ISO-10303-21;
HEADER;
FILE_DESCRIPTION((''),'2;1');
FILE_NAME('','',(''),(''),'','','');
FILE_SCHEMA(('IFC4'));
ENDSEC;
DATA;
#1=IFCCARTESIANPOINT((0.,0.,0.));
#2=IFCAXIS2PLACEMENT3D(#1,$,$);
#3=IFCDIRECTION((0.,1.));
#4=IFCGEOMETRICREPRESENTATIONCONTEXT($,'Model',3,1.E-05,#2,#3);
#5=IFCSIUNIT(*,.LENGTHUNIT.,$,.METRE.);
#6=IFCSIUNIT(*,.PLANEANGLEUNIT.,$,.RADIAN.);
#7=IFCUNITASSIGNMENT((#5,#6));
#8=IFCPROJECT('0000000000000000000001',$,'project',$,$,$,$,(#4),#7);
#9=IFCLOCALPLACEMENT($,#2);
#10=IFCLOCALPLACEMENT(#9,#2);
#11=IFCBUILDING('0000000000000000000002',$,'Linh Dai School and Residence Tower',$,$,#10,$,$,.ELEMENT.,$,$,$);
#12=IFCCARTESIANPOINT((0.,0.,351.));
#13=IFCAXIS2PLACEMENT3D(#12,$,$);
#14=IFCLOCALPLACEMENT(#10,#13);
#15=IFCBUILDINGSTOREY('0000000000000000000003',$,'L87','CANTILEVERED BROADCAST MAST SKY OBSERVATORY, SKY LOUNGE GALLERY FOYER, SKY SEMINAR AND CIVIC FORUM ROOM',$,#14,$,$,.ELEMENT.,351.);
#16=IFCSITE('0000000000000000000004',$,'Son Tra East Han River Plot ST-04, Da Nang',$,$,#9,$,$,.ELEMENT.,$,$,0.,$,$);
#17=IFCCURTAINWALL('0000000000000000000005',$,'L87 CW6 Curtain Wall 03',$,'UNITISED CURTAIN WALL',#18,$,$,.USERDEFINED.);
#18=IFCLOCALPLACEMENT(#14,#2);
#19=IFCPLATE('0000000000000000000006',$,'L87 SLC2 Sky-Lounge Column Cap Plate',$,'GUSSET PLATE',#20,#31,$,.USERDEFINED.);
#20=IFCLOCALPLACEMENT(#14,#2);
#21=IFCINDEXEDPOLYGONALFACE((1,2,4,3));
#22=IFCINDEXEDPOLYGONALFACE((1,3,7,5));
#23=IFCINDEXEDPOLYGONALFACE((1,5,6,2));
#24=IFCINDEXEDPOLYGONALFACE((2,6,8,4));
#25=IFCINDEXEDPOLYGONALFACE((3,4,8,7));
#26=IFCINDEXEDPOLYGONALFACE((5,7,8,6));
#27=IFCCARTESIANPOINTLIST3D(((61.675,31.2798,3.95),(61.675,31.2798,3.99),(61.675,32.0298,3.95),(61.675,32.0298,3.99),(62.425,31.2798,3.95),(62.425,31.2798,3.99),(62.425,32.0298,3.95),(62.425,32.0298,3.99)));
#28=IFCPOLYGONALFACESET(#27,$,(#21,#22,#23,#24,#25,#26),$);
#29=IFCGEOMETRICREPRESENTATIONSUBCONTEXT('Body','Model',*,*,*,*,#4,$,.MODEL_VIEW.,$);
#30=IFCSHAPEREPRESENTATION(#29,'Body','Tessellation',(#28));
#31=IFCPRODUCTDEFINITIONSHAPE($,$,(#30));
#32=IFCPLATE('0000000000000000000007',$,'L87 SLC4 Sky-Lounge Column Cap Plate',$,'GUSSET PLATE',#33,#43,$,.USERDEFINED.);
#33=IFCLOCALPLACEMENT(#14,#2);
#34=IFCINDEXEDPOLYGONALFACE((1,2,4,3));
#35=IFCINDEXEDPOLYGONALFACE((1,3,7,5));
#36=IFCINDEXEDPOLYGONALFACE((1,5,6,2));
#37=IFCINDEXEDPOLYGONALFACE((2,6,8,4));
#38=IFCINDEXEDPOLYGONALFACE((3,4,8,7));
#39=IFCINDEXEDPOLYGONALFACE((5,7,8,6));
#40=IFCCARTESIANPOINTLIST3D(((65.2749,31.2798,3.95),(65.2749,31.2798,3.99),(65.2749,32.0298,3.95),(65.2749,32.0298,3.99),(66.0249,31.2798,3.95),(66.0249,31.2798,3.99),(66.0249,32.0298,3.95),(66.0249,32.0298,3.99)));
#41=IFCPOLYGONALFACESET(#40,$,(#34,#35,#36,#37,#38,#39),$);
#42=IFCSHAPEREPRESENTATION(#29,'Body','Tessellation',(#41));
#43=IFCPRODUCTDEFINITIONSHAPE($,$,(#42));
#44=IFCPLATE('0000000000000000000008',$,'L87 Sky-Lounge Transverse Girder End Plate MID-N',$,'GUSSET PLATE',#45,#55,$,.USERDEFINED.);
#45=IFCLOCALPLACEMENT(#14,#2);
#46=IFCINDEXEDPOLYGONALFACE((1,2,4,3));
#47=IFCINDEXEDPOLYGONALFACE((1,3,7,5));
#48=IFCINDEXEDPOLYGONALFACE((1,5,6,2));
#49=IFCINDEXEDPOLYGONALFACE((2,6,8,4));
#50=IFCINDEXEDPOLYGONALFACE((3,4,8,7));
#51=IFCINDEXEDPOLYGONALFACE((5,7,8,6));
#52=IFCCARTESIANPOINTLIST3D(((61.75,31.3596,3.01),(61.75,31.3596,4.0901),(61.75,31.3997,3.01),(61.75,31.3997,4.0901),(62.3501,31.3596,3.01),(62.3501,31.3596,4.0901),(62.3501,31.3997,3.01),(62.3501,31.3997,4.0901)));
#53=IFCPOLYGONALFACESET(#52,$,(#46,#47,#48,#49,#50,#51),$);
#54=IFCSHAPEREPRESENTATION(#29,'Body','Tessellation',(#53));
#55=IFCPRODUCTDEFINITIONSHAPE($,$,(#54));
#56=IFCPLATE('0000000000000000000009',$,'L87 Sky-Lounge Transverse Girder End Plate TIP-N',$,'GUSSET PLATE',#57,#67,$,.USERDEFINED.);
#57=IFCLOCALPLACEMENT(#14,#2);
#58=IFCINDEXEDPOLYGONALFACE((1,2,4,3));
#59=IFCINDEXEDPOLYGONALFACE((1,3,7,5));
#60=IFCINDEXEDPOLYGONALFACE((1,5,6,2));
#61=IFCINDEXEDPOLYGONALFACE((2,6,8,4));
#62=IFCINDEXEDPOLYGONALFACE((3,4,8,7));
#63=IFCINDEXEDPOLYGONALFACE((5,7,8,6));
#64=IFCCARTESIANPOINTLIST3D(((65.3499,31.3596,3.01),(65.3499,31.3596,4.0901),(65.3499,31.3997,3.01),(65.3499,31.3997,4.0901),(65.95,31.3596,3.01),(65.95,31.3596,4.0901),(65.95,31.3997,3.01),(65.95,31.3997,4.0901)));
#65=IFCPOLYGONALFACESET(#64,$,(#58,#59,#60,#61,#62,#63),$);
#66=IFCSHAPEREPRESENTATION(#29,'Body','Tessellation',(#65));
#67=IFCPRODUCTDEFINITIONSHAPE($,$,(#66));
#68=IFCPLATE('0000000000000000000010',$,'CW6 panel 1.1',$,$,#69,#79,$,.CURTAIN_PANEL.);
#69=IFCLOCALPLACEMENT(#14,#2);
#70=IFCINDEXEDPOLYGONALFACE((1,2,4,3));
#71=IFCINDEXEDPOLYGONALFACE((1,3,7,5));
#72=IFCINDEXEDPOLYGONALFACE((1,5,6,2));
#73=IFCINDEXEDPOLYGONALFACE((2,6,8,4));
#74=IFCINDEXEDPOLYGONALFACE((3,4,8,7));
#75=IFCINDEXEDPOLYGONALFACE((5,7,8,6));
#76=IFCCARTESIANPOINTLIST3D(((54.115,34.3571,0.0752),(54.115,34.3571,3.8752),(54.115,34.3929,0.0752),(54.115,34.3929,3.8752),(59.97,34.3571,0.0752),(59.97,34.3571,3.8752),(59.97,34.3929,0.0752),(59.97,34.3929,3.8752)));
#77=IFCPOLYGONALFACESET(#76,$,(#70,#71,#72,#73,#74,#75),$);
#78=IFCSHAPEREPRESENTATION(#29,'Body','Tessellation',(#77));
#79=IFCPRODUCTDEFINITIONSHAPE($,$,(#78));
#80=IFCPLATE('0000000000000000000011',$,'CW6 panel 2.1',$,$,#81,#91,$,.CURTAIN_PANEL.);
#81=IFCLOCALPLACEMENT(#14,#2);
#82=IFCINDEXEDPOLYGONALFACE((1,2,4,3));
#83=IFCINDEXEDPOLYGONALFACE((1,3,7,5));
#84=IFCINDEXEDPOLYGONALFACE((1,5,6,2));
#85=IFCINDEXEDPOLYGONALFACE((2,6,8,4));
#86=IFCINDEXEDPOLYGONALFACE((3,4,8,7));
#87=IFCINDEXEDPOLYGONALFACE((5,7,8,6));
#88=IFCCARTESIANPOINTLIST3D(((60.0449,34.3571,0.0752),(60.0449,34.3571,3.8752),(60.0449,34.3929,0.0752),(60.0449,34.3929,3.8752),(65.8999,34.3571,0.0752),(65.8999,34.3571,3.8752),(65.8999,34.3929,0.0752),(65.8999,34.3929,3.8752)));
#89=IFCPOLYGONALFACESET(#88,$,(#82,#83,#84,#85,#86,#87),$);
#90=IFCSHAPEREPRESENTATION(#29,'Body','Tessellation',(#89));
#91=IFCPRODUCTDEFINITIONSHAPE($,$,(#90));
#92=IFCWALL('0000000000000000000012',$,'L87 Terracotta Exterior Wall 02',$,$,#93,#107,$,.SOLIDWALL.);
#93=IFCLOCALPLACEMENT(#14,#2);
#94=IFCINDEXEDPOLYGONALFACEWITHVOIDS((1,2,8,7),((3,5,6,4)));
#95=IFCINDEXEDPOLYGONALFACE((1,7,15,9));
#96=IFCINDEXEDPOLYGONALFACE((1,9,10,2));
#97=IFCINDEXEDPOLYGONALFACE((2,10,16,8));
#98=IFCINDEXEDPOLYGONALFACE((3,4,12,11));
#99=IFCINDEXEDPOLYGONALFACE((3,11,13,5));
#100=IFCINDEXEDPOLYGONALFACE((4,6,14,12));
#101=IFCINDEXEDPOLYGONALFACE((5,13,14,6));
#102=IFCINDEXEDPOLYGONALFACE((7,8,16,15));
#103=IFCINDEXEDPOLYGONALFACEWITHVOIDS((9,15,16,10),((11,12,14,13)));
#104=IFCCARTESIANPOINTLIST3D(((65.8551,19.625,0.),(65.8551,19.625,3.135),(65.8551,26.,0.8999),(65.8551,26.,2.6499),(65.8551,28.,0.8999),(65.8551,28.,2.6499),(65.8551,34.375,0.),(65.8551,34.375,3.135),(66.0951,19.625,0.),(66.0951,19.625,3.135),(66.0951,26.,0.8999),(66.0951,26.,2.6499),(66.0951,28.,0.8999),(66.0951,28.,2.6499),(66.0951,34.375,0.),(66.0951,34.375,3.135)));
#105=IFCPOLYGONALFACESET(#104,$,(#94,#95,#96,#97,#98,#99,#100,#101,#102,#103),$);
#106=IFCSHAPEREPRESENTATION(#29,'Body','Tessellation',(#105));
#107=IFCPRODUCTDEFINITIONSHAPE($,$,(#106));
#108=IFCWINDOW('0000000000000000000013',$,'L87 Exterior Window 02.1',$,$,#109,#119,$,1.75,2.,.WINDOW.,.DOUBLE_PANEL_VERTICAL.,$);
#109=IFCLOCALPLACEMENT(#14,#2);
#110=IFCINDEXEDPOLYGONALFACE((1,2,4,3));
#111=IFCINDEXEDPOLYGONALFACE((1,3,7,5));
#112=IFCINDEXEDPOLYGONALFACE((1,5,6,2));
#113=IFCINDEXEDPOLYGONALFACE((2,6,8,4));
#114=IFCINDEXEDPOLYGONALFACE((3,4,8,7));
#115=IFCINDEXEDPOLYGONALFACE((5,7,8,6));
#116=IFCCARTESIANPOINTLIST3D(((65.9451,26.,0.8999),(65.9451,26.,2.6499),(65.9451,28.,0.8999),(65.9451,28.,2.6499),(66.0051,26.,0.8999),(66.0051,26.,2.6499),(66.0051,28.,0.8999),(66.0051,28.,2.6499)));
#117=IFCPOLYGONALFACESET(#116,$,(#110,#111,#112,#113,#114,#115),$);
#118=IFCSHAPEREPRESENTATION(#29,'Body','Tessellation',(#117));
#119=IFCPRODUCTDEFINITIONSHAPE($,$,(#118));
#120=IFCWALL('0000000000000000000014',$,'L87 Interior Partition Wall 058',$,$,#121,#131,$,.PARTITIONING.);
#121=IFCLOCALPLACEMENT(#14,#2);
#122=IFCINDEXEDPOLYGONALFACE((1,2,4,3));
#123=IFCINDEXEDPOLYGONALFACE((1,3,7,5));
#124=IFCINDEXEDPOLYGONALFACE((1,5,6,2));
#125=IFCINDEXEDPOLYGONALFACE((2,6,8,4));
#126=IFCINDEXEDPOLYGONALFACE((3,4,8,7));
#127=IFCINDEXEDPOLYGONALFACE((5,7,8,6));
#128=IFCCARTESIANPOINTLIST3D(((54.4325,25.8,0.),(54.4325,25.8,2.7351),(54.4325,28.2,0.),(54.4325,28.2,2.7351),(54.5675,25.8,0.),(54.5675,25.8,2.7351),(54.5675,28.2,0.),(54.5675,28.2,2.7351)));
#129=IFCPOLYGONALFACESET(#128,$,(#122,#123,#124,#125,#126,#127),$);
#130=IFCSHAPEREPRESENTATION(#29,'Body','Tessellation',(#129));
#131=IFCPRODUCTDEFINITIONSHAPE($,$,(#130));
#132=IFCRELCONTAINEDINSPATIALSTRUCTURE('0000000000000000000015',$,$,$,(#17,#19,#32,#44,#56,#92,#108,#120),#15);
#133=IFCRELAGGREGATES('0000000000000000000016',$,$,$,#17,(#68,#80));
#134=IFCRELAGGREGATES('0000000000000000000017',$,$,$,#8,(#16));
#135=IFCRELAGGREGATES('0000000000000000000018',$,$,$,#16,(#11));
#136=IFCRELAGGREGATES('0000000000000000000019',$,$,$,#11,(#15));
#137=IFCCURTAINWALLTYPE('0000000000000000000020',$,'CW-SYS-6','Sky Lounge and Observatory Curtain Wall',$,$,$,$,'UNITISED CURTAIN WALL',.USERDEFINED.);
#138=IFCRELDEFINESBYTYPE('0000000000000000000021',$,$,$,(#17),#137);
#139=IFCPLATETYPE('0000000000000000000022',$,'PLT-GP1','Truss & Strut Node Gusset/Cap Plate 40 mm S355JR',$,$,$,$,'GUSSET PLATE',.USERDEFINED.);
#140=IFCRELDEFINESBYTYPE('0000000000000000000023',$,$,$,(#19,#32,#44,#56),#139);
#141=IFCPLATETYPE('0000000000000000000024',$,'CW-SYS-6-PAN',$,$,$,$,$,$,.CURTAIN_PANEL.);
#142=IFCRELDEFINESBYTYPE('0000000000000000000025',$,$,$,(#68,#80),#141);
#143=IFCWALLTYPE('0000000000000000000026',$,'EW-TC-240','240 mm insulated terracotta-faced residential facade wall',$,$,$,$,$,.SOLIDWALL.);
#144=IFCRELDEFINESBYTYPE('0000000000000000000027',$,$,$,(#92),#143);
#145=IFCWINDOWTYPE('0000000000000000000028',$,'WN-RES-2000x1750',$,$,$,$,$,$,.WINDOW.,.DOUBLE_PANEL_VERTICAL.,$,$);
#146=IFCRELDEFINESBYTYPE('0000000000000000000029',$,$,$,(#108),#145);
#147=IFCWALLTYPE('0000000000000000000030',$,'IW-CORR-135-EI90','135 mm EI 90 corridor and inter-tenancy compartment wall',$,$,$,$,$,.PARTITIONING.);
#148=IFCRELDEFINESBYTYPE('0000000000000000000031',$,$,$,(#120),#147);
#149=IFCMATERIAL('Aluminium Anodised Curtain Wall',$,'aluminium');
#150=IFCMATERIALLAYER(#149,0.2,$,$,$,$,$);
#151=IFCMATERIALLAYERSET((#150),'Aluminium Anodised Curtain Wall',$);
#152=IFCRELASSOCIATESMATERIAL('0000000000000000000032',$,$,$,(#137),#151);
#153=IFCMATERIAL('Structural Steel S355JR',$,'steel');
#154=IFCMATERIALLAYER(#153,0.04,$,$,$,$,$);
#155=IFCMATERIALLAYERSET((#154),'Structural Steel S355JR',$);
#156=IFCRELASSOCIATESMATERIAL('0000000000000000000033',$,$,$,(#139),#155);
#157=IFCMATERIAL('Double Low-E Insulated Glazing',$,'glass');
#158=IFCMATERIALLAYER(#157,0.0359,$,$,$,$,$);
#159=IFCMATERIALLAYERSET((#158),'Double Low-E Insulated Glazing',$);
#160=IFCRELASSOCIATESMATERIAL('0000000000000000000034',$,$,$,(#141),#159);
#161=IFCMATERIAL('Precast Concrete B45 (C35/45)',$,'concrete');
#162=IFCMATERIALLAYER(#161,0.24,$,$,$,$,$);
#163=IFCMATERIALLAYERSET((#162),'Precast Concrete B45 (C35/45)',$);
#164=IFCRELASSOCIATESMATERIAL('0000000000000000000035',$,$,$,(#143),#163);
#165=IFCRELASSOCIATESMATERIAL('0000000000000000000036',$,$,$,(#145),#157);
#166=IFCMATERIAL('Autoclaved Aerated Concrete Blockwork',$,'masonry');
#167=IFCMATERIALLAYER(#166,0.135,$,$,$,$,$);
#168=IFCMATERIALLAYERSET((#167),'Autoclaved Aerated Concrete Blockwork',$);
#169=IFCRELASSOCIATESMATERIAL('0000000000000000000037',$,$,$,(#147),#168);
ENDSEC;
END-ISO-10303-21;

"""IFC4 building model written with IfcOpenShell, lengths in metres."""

from ifc_helpers import new_model, si_unit, direction, frame, frame_2d, origin, origin_2d, place, context, subcontext, project, spatial, rectangle, extrude, source, transform, mapped, material, layer, layer_set, type_object, element, fill, aggregate, save


model = new_model("IFC4")

# Units and contexts
model_context = context("Model", 3, precision=1e-05, world=origin(), true_north=direction((0.0, 1.0)))
body_context = subcontext(model_context, "Body", "Model", "MODEL_VIEW")
ifc_project = project(units=[si_unit("LENGTHUNIT", "METRE"), si_unit("PLANEANGLEUNIT", "RADIAN")], contexts=[model_context])

# Site, building, storey
site_placement = place(None, origin())
site = spatial("IfcSite", under=ifc_project, at=site_placement, Name="Son Tra East Han River Plot ST-04, Da Nang", CompositionType="ELEMENT", RefElevation=0.0)
building_placement = place(site_placement, origin())
building = spatial("IfcBuilding", under=site, at=building_placement, Name="Linh Dai School and Residence Tower", CompositionType="ELEMENT")
storey_placement = place(building_placement, frame((0.0, 0.0, 351.0)))
storey = spatial("IfcBuildingStorey", under=building, at=storey_placement, Name="L87", Description="CANTILEVERED BROADCAST MAST SKY OBSERVATORY, SKY LOUNGE GALLERY FOYER, SKY SEMINAR AND CIVIC FORUM ROOM", CompositionType="ELEMENT", Elevation=351.0)

# Shared definitions
ifc_material_1 = material(Name="Structural Steel S355JR", Category="steel")

# Curtain wall
ifc_material_2 = material(Name="Aluminium Anodised Curtain Wall", Category="aluminium")
ifc_layer_1 = layer(ifc_material_2, 0.2)
ifc_layer_set_1 = layer_set([ifc_layer_1], Name="Aluminium Anodised Curtain Wall")
curtain_wall_type = type_object("IfcCurtainWallType", Name="CW-SYS-6", Description="Sky Lounge and Observatory Curtain Wall", ElementType="UNITISED CURTAIN WALL", PredefinedType="USERDEFINED", material=ifc_layer_set_1)
curtain_wall_placement = place(storey_placement, origin())
curtain_wall = element("IfcCurtainWall", 1, at=curtain_wall_placement, inside=storey, type_object=curtain_wall_type, Name="L87 CW6 Curtain Wall 03", ObjectType="UNITISED CURTAIN WALL", PredefinedType="USERDEFINED")

# Plates
ifc_layer_2 = layer(ifc_material_1, 0.04)
ifc_layer_set_2 = layer_set([ifc_layer_2], Name="Structural Steel S355JR")
plate_type_1 = type_object("IfcPlateType", Name="PLT-GP1", Description="Truss & Strut Node Gusset/Cap Plate 40 mm S355JR", ElementType="GUSSET PLATE", PredefinedType="USERDEFINED", material=ifc_layer_set_2)
shared_shape_1 = source(origin(), body_context, "Body", "SweptSolid", [
    extrude(rectangle(XDim=0.75, YDim=0.75, at=origin_2d()), origin(), (0.0, 0.0, 1.0), 0.04),
])
for number, where, z_axis, x_axis, name in (
    (2, (62.05, 31.6548, 3.95), (0.0, 0.0, 1.0), (1.0, 0.0, 0.0), "L87 SLC2 Sky-Lounge Column Cap Plate"),
    (3, (65.6499, 31.6548, 3.95), (0.0, 0.0, 1.0), (1.0, 0.0, 0.0), "L87 SLC4 Sky-Lounge Column Cap Plate"),
):
    element("IfcPlate", number, at=place(storey_placement, frame(where, z_axis=z_axis, x_axis=x_axis)), inside=storey, type_object=plate_type_1, Name=name, ObjectType="GUSSET PLATE", PredefinedType="USERDEFINED", context=body_context, shape_type="MappedRepresentation", body=[
        mapped(shared_shape_1, transform((0.0, 0.0, 0.0), x_axis=(1.0, 0.0, 0.0), y_axis=(0.0, 1.0, 0.0), z_axis=(0.0, 0.0, 1.0), scale=1.0)),
    ])
shared_shape_2 = source(origin(), body_context, "Body", "SweptSolid", [
    extrude(rectangle(XDim=0.6001, YDim=0.04, at=origin_2d()), origin(), (0.0, 0.0, 1.0), 1.0801),
])
for number, where, z_axis, x_axis, name in (
    (4, (62.05, 31.3796, 3.01), (0.0, 0.0, 1.0), (1.0, 0.0, 0.0), "L87 Sky-Lounge Transverse Girder End Plate MID-N"),
    (5, (65.6499, 31.3796, 3.01), (0.0, 0.0, 1.0), (1.0, 0.0, 0.0), "L87 Sky-Lounge Transverse Girder End Plate TIP-N"),
):
    element("IfcPlate", number, at=place(storey_placement, frame(where, z_axis=z_axis, x_axis=x_axis)), inside=storey, type_object=plate_type_1, Name=name, ObjectType="GUSSET PLATE", PredefinedType="USERDEFINED", context=body_context, shape_type="MappedRepresentation", body=[
        mapped(shared_shape_2, transform((0.0, 0.0, 0.0), x_axis=(1.0, 0.0, 0.0), y_axis=(0.0, 1.0, 0.0), z_axis=(0.0, 0.0, 1.0), scale=1.0)),
    ])

# Plates
ifc_material_3 = material(Name="Double Low-E Insulated Glazing", Category="glass")
ifc_layer_3 = layer(ifc_material_3, 0.0359)
ifc_layer_set_3 = layer_set([ifc_layer_3], Name="Double Low-E Insulated Glazing")
plate_type_2 = type_object("IfcPlateType", Name="CW-SYS-6-PAN", PredefinedType="CURTAIN_PANEL", material=ifc_layer_set_3)
shared_shape_3 = source(origin(), body_context, "Body", "SweptSolid", [
    extrude(rectangle(XDim=5.855, YDim=0.0359, at=origin_2d()), origin(), (0.0, 0.0, 1.0), 3.8),
])
plate_1_placement = place(storey_placement, frame((57.0425, 34.375, 0.0752), z_axis=(0.0, 0.0, 1.0), x_axis=(1.0, 0.0, 0.0)))
plate_1 = element("IfcPlate", 6, at=plate_1_placement, type_object=plate_type_2, Name="CW6 panel 1.1", PredefinedType="CURTAIN_PANEL", context=body_context, shape_type="MappedRepresentation", body=[
    mapped(shared_shape_3, transform((0.0, 0.0, 0.0), x_axis=(1.0, 0.0, 0.0), y_axis=(0.0, 1.0, 0.0), z_axis=(0.0, 0.0, 1.0), scale=1.0)),
])
plate_2_placement = place(storey_placement, frame((62.9724, 34.375, 0.0752), z_axis=(0.0, 0.0, 1.0), x_axis=(1.0, 0.0, 0.0)))
plate_2 = element("IfcPlate", 7, at=plate_2_placement, type_object=plate_type_2, Name="CW6 panel 2.1", PredefinedType="CURTAIN_PANEL", context=body_context, shape_type="MappedRepresentation", body=[
    mapped(shared_shape_3, transform((0.0, 0.0, 0.0), x_axis=(1.0, 0.0, 0.0), y_axis=(0.0, 1.0, 0.0), z_axis=(0.0, 0.0, 1.0), scale=1.0)),
])
aggregate(curtain_wall, [plate_1, plate_2])

# Wall, opening, window
ifc_material_4 = material(Name="Precast Concrete B45 (C35/45)", Category="concrete")
ifc_layer_4 = layer(ifc_material_4, 0.24)
ifc_layer_set_4 = layer_set([ifc_layer_4], Name="Precast Concrete B45 (C35/45)")
wall_type_1 = type_object("IfcWallType", Name="EW-TC-240", Description="240 mm insulated terracotta-faced residential facade wall", PredefinedType="SOLIDWALL", material=ifc_layer_set_4)
wall_1_placement = place(storey_placement, frame((65.9751, 34.375, 0.0), z_axis=(0.0, 0.0, 1.0), x_axis=(0.0, -1.0, 0.0)))
wall_1 = element("IfcWall", 8, at=wall_1_placement, inside=storey, type_object=wall_type_1, Name="L87 Terracotta Exterior Wall 02", PredefinedType="SOLIDWALL", context=body_context, shape_type="SweptSolid", body=[
    extrude(rectangle(XDim=14.75, YDim=0.24, at=frame_2d((7.375, 0.0))), origin(), (0.0, 0.0, 1.0), 3.135),
])
opening_placement = place(wall_1_placement, frame((6.375, 0.0, 0.8999)))
opening = element("IfcOpeningElement", 9, at=opening_placement, cuts=wall_1, PredefinedType="OPENING", context=body_context, shape_type="SweptSolid", body=[
    extrude(rectangle(XDim=2.0, YDim=1.75, at=origin_2d()), frame((1.0, 0.1299, 0.875), z_axis=(0.0, -1.0, 0.0), x_axis=(1.0, 0.0, 0.0)), (0.0, 0.0, 1.0), 0.26),
])
window_type = type_object("IfcWindowType", Name="WN-RES-2000x1750", PartitioningType="DOUBLE_PANEL_VERTICAL", PredefinedType="WINDOW", material=ifc_material_3)
shared_shape_4 = source(origin(), body_context, "Body", "SweptSolid", [
    extrude(rectangle(XDim=2.0, YDim=1.75, at=origin_2d()), frame((1.0, 0.03, 0.875), z_axis=(0.0, -1.0, 0.0), x_axis=(1.0, 0.0, 0.0)), (0.0, 0.0, 1.0), 0.0601),
])
window_placement = place(opening_placement, origin())
window = element("IfcWindow", 10, at=window_placement, inside=storey, type_object=window_type, Name="L87 Exterior Window 02.1", OverallHeight=1.75, OverallWidth=2.0, PartitioningType="DOUBLE_PANEL_VERTICAL", PredefinedType="WINDOW", context=body_context, shape_type="MappedRepresentation", body=[
    mapped(shared_shape_4, transform((0.0, 0.0, 0.0), x_axis=(1.0, 0.0, 0.0), y_axis=(0.0, 1.0, 0.0), z_axis=(0.0, 0.0, 1.0), scale=1.0)),
])
fill(opening, window)

# Wall
ifc_material_5 = material(Name="Autoclaved Aerated Concrete Blockwork", Category="masonry")
ifc_layer_5 = layer(ifc_material_5, 0.135)
ifc_layer_set_5 = layer_set([ifc_layer_5], Name="Autoclaved Aerated Concrete Blockwork")
wall_type_2 = type_object("IfcWallType", Name="IW-CORR-135-EI90", Description="135 mm EI 90 corridor and inter-tenancy compartment wall", PredefinedType="PARTITIONING", material=ifc_layer_set_5)
wall_2_placement = place(storey_placement, frame((54.5, 25.8, 0.0), z_axis=(0.0, 0.0, 1.0), x_axis=(0.0, 1.0, 0.0)))
element("IfcWall", 11, at=wall_2_placement, inside=storey, type_object=wall_type_2, Name="L87 Interior Partition Wall 058", PredefinedType="PARTITIONING", context=body_context, shape_type="SweptSolid", body=[
    extrude(rectangle(XDim=2.3999, YDim=0.135, at=frame_2d((1.2, 0.0))), origin(), (0.0, 0.0, 1.0), 2.7351),
])

save(model, "model.ifc")
